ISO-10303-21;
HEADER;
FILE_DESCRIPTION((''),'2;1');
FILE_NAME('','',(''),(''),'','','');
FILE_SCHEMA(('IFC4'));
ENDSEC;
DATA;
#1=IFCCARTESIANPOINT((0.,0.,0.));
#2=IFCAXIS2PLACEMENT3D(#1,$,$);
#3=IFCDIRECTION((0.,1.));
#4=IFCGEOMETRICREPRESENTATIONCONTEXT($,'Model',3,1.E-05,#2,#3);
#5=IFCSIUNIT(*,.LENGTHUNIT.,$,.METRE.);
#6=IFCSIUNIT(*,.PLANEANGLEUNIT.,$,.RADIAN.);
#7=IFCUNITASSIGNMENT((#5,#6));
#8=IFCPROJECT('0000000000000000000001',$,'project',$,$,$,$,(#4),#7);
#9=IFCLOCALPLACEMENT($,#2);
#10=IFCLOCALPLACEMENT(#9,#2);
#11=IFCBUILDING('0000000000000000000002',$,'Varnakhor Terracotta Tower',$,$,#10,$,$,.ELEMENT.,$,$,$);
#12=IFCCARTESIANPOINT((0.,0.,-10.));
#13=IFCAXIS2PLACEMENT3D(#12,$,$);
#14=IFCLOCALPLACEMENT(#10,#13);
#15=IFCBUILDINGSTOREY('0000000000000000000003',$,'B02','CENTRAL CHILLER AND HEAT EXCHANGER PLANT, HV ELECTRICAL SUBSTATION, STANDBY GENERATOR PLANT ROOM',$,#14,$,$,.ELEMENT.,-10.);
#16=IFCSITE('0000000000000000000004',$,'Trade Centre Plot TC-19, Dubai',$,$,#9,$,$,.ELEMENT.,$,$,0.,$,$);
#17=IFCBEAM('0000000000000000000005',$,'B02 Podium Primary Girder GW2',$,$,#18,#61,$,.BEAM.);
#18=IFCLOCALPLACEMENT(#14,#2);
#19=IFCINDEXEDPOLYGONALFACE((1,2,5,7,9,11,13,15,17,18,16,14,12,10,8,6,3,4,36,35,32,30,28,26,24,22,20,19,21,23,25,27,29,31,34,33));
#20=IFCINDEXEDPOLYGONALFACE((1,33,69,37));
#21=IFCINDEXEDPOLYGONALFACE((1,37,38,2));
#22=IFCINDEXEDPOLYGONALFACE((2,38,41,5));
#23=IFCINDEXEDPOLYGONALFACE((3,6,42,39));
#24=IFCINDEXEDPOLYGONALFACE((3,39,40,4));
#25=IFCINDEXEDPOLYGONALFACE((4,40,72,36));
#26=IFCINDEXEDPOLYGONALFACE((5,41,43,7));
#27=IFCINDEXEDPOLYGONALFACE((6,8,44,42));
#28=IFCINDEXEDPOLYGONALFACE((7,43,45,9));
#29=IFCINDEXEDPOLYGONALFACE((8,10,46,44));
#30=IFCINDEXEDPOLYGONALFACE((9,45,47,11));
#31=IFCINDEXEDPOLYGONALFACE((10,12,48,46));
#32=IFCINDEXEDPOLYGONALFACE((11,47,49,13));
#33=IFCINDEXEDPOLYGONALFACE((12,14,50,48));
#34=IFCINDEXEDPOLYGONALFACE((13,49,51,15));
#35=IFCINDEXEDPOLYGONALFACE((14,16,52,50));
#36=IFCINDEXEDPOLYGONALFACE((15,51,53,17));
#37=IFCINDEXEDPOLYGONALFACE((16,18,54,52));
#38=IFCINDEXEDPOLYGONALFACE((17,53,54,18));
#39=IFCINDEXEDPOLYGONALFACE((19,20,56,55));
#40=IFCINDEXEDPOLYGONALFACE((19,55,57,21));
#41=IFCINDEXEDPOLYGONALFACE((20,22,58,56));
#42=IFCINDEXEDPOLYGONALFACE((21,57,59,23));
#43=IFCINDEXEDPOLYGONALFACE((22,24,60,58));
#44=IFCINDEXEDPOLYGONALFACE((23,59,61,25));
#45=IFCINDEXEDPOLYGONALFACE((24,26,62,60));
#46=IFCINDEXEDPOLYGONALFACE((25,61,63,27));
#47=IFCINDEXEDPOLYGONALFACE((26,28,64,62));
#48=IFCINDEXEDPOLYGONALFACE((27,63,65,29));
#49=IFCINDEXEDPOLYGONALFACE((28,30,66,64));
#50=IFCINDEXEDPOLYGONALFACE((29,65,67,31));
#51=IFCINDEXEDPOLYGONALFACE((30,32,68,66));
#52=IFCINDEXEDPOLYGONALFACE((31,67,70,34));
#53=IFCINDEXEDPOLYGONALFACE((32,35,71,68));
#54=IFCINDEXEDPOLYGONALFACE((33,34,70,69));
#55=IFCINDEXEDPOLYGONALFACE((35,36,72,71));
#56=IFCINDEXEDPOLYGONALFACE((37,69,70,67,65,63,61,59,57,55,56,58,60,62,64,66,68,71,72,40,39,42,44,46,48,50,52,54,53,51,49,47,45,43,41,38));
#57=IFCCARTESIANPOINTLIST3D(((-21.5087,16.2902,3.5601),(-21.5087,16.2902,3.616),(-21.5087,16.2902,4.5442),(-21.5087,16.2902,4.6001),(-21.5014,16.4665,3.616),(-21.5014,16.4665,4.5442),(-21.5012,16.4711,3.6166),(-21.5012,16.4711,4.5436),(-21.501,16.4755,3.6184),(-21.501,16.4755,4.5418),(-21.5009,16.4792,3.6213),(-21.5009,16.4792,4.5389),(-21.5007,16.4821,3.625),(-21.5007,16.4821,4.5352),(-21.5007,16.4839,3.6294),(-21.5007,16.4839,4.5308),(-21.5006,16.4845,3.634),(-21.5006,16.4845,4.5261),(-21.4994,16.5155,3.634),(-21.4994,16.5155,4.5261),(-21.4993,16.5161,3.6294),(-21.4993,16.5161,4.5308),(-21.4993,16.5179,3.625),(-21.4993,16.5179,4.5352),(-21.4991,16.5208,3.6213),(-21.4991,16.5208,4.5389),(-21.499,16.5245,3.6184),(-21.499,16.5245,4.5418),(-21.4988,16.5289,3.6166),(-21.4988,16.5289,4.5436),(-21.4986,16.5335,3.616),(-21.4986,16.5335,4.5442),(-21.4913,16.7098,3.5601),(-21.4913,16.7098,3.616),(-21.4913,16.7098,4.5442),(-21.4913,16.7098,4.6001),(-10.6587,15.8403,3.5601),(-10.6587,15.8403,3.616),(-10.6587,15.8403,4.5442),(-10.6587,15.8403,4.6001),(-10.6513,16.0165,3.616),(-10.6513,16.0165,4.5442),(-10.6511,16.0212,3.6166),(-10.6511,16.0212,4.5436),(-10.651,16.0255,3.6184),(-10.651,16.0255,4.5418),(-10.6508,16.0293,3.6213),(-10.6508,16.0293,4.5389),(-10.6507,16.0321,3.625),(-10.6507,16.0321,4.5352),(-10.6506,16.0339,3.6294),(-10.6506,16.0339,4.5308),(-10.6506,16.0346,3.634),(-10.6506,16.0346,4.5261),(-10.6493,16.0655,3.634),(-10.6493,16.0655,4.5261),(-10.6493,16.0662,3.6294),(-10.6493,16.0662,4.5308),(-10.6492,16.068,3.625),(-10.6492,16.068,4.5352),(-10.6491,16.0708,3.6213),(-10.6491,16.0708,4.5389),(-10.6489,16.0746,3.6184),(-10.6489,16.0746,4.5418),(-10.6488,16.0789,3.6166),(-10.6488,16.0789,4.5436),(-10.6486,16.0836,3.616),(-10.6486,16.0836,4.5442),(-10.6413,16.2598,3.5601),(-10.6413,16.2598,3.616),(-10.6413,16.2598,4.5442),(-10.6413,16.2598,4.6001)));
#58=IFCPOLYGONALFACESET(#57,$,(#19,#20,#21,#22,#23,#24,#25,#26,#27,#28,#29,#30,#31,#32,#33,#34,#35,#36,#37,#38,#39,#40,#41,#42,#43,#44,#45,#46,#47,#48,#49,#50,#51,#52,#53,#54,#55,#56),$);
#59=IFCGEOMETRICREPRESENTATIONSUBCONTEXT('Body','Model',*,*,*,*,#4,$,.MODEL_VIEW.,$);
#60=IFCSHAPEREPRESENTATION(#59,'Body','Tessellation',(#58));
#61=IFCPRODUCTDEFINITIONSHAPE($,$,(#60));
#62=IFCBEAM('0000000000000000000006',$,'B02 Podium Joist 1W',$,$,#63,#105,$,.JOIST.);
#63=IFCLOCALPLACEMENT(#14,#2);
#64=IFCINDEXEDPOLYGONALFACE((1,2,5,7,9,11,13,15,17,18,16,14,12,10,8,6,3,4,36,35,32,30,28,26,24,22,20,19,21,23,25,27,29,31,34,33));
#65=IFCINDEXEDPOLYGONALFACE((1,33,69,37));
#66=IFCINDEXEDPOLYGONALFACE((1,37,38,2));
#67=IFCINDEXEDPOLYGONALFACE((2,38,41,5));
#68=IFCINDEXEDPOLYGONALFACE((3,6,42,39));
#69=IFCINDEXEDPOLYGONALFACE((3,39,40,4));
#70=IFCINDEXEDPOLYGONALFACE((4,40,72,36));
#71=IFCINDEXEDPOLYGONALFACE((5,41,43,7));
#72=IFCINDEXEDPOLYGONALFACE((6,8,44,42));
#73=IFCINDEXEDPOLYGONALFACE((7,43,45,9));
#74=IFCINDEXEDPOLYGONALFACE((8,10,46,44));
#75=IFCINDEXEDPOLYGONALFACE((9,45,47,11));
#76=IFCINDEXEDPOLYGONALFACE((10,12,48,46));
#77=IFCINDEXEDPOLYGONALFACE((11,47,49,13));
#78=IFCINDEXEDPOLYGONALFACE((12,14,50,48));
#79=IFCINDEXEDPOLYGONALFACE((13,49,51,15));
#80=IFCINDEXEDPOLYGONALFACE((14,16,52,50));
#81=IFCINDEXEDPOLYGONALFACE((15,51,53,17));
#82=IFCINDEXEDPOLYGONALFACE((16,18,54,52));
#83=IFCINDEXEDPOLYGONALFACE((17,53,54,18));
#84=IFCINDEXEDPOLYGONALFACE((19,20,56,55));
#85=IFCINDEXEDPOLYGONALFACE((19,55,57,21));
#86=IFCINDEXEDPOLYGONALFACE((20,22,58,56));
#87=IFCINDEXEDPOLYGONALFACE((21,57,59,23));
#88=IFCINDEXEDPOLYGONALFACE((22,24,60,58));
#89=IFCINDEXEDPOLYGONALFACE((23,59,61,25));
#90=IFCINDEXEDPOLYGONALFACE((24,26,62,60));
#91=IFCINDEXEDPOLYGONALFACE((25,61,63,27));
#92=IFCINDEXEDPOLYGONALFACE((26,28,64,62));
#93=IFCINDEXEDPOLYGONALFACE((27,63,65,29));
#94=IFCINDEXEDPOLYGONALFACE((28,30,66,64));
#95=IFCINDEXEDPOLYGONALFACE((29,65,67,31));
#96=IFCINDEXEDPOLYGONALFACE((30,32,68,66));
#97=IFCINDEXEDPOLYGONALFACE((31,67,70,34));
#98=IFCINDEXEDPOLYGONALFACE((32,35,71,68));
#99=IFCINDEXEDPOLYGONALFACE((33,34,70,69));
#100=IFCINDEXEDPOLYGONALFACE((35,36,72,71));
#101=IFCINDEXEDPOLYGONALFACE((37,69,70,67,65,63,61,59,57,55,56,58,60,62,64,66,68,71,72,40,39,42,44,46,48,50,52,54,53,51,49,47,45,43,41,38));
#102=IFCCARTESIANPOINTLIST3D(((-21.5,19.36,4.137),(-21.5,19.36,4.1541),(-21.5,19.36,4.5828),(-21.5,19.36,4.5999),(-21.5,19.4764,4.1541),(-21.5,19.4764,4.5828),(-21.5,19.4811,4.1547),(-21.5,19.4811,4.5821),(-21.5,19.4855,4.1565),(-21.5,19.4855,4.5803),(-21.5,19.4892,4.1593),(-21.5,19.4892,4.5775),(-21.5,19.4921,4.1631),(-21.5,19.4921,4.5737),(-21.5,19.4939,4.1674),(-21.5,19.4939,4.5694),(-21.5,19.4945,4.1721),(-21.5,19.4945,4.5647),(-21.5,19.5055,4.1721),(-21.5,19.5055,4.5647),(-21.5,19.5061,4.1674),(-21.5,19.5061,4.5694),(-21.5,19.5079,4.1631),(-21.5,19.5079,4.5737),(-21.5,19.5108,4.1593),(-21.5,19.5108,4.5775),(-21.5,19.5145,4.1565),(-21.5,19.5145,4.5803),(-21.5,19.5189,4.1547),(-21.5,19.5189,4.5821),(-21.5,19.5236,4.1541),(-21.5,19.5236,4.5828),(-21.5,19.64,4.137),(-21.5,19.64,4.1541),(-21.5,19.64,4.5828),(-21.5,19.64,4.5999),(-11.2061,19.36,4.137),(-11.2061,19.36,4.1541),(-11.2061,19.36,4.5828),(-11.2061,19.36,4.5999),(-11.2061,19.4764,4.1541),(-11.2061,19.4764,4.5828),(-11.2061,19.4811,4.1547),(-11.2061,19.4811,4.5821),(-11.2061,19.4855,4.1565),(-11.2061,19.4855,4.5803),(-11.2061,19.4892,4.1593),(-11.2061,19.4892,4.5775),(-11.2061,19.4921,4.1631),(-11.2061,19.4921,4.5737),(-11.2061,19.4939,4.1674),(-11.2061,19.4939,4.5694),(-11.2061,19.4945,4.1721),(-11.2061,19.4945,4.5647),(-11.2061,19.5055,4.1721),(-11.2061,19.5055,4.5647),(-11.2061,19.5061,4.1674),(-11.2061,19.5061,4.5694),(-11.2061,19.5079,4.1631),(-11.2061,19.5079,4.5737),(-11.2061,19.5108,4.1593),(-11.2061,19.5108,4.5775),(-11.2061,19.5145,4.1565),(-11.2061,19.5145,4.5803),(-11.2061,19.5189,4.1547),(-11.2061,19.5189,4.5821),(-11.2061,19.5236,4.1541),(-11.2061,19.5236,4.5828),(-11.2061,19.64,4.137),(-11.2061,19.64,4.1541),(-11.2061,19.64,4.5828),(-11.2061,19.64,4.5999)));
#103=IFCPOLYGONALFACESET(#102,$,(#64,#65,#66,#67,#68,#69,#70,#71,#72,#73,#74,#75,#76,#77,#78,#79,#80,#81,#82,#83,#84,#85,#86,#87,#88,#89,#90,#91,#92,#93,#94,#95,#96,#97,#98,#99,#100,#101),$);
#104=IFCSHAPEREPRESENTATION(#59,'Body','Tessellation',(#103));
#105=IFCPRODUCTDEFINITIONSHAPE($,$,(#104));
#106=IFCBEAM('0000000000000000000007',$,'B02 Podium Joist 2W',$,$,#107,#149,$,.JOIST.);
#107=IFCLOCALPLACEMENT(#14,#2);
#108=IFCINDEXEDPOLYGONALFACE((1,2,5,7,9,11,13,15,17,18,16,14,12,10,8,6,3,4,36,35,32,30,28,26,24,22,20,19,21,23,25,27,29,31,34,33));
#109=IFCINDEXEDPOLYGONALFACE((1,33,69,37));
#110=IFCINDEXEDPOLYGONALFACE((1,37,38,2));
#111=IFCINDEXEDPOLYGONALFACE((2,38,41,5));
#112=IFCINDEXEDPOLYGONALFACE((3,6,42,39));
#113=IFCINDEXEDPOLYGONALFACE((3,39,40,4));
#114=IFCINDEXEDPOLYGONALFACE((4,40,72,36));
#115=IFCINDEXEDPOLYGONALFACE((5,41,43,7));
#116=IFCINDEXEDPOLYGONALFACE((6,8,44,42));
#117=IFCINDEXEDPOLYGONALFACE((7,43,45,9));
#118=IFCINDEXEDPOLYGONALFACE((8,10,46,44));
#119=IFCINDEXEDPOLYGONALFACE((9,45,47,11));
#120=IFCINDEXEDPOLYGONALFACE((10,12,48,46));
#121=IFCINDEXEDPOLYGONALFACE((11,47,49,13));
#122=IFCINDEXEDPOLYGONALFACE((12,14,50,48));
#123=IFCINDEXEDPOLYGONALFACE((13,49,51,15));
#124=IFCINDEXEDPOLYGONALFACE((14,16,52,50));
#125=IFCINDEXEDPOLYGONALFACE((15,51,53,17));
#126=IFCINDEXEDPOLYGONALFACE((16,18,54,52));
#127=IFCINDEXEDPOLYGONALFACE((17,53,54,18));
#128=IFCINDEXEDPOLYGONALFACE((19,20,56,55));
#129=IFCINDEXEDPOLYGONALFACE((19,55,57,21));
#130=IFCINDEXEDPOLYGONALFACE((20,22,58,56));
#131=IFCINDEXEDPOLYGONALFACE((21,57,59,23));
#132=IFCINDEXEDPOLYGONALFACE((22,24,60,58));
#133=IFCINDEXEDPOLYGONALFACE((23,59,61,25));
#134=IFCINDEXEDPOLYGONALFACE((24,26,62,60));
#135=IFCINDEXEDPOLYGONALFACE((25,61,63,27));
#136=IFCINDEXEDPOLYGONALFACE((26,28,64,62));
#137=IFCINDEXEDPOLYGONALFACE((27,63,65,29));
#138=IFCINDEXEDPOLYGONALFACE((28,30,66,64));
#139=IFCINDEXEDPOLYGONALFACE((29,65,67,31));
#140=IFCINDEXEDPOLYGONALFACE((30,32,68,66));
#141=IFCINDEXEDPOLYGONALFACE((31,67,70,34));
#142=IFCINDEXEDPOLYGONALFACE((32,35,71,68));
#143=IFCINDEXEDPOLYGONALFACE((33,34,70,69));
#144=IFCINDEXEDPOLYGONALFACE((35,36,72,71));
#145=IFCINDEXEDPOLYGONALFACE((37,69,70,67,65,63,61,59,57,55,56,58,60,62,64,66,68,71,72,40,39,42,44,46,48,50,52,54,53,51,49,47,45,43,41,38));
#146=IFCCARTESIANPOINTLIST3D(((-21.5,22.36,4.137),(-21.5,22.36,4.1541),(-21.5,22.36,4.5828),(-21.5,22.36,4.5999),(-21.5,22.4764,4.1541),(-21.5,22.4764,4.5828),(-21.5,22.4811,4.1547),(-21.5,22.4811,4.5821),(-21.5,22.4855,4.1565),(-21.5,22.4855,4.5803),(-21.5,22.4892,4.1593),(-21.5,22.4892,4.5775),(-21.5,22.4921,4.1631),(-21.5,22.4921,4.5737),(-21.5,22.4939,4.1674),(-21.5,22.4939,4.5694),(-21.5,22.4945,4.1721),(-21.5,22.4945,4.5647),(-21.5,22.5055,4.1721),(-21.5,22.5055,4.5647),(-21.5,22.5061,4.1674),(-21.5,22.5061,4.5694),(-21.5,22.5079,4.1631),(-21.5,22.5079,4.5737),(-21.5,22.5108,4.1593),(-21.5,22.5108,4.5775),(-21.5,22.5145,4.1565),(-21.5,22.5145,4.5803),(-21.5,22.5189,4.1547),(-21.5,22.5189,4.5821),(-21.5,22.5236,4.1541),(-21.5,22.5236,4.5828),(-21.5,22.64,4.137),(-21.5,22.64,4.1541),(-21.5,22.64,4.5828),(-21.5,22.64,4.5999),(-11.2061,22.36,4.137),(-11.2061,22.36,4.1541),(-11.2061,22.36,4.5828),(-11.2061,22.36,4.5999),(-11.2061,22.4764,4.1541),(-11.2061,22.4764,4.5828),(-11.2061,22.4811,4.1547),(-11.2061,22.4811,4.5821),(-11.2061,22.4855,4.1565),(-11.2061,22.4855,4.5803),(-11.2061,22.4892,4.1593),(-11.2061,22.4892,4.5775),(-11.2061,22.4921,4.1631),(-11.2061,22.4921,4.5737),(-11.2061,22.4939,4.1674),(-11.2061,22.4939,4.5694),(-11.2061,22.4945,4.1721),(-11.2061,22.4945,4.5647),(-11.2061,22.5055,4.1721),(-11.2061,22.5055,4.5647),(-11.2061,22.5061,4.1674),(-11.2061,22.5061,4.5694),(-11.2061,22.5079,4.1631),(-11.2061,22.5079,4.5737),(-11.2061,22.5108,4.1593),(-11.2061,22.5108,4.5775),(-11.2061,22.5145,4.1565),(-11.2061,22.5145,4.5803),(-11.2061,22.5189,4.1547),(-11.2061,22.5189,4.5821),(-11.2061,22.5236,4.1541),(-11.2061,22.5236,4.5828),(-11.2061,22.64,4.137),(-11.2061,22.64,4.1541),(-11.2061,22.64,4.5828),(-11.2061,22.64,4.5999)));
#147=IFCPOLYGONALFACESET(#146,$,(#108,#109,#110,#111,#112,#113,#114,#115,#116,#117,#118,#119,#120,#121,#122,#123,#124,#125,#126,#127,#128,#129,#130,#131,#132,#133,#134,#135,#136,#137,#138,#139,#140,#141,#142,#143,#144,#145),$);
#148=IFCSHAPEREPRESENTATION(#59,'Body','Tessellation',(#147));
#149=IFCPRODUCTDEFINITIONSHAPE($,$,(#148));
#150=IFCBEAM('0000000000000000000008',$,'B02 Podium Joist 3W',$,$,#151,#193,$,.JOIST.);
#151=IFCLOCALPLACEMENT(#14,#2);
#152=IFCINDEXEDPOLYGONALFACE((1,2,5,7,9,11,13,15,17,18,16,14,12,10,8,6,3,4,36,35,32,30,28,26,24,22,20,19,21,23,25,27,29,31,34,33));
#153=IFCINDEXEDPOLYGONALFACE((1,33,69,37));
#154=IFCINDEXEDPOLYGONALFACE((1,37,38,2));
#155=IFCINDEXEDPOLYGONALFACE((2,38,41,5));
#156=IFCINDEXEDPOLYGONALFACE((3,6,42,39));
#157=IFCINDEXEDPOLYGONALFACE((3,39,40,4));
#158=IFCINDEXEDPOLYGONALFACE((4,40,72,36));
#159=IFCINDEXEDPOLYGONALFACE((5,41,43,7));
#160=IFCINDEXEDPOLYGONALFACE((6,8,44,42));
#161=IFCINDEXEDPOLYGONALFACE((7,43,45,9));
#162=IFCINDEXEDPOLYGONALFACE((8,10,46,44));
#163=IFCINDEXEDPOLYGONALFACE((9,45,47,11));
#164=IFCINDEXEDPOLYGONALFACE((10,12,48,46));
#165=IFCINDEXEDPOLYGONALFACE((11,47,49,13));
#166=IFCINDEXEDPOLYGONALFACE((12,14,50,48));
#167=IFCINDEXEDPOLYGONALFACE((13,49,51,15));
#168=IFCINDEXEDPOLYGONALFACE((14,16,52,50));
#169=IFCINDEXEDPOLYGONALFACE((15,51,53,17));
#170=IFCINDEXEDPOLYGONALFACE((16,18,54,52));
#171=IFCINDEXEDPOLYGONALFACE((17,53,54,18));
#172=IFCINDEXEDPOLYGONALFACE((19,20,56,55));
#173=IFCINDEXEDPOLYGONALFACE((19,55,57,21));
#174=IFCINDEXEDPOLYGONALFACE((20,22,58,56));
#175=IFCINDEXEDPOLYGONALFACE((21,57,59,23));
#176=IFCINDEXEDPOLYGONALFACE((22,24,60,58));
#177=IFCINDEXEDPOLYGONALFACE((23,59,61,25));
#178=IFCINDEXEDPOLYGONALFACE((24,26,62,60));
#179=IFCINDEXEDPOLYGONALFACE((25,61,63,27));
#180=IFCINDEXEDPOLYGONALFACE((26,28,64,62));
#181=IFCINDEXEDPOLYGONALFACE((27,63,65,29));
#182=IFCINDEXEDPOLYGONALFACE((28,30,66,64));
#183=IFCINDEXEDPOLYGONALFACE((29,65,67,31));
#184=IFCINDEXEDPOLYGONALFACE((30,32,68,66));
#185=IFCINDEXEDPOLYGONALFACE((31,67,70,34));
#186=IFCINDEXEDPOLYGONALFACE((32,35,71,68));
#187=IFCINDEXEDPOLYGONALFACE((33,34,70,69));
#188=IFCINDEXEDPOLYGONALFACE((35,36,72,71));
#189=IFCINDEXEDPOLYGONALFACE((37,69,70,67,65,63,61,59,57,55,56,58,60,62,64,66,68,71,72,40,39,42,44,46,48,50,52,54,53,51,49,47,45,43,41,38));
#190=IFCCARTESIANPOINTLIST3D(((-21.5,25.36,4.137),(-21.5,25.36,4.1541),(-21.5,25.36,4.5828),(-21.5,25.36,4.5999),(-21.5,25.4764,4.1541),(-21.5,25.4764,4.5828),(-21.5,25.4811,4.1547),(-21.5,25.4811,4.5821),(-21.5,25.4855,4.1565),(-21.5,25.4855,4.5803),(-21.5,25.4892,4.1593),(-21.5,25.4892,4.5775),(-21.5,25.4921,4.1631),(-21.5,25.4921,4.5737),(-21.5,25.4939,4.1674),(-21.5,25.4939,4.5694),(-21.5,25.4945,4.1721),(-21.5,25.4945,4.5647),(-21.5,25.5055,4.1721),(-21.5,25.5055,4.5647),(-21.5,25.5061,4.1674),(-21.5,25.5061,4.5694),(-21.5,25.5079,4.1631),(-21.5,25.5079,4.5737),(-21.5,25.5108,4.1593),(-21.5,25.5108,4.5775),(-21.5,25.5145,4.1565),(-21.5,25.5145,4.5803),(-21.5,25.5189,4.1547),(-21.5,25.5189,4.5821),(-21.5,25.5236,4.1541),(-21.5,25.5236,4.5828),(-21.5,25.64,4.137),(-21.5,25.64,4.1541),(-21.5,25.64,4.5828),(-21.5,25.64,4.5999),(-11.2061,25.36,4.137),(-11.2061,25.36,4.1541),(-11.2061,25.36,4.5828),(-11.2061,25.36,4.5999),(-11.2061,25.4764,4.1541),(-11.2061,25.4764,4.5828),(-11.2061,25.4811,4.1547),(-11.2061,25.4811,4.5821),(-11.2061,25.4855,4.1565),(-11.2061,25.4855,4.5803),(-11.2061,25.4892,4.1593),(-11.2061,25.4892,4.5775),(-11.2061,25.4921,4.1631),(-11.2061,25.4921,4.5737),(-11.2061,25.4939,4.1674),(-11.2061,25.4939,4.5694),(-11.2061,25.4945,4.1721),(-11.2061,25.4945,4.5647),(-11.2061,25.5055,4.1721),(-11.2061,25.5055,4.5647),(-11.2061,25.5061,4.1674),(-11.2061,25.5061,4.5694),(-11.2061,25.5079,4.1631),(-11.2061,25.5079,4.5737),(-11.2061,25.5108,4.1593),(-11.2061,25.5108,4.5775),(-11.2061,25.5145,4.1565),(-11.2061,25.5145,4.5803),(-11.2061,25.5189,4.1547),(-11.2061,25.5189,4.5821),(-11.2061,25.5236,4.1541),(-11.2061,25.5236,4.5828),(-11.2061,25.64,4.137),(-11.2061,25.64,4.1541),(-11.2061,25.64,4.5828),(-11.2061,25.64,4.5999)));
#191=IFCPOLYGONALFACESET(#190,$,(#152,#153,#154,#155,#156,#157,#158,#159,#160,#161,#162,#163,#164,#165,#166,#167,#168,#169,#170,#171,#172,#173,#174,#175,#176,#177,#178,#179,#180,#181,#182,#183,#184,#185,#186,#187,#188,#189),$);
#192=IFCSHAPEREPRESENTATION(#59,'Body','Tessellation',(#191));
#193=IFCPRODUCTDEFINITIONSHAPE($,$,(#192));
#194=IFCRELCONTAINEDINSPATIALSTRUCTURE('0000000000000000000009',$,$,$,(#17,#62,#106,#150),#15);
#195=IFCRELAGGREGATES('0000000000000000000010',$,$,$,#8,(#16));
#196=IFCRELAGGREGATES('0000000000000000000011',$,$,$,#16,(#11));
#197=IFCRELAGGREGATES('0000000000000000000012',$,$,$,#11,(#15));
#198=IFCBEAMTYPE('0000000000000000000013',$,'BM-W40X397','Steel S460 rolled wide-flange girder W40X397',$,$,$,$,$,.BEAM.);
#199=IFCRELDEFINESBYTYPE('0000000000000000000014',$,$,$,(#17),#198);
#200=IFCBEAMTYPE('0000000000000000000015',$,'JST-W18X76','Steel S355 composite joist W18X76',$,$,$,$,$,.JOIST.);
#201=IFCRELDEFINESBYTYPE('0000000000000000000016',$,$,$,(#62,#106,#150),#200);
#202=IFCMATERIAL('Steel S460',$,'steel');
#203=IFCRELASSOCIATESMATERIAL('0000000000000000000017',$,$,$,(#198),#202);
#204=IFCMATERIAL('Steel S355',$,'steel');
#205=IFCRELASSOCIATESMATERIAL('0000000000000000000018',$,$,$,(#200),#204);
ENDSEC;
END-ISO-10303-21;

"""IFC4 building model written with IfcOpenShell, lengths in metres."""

from ifc_helpers import new_model, si_unit, direction, frame, origin, origin_2d, place, context, subcontext, project, spatial, i_section, extrude, source, transform, mapped, material, material_profile, profile_set, type_object, type_shapes, element, save


model = new_model("IFC4")

# Units and contexts
model_context = context("Model", 3, precision=1e-05, world=origin(), true_north=direction((0.0, 1.0)))
body_context = subcontext(model_context, "Body", "Model", "MODEL_VIEW")
ifc_project = project(units=[si_unit("LENGTHUNIT", "METRE"), si_unit("PLANEANGLEUNIT", "RADIAN")], contexts=[model_context])

# Site, building, storey
site_placement = place(None, origin())
site = spatial("IfcSite", under=ifc_project, at=site_placement, Name="Trade Centre Plot TC-19, Dubai", CompositionType="ELEMENT", RefElevation=0.0)
building_placement = place(site_placement, origin())
building = spatial("IfcBuilding", under=site, at=building_placement, Name="Varnakhor Terracotta Tower", CompositionType="ELEMENT")
storey_placement = place(building_placement, frame((0.0, 0.0, -10.0)))
storey = spatial("IfcBuildingStorey", under=building, at=storey_placement, Name="B02", Description="CENTRAL CHILLER AND HEAT EXCHANGER PLANT, HV ELECTRICAL SUBSTATION, STANDBY GENERATOR PLANT ROOM", CompositionType="ELEMENT", Elevation=-10.0)

# Shared definitions
ifc_material_1 = material(Name="Steel S460", Category="steel")

# Beams
ifc_material_2 = material(Name="Steel S355", Category="steel")
ifc_material_profile_1 = material_profile(ifc_material_1, i_section(OverallWidth=0.4199, OverallDepth=1.04, WebThickness=0.031, FlangeThickness=0.0559, FilletRadius=0.0181, at=origin_2d()), Name="W40X397")
ifc_profile_set_1 = profile_set([ifc_material_profile_1], Name="Steel S460")
beam_type_1 = type_object("IfcBeamType", Name="BM-W40X397", Description="Steel S460 rolled wide-flange girder W40X397", PredefinedType="BEAM", material=ifc_profile_set_1)
shared_shape_1 = source(origin(), body_context, "Body", "SweptSolid", [
    extrude(i_section(OverallWidth=0.4199, OverallDepth=1.04, WebThickness=0.031, FlangeThickness=0.0559, FilletRadius=0.0181, at=origin_2d()), origin(), (0.0, 0.0, 1.0), 10.8594),
])
beam_1_placement = place(storey_placement, frame((-21.5, 16.5, 4.0801), z_axis=(0.999141, -0.041434, 0.0), x_axis=(0.041434, 0.999141, 0.0)))
element("IfcBeam", 1, at=beam_1_placement, inside=storey, type_object=beam_type_1, Name="B02 Podium Primary Girder GW2", PredefinedType="BEAM", context=body_context, shape_type="MappedRepresentation", body=[
    mapped(shared_shape_1, transform((0.0, 0.0, 0.0), scale=1.0)),
])
ifc_material_profile_2 = material_profile(ifc_material_2, i_section(OverallWidth=0.28, OverallDepth=0.4629, WebThickness=0.011, FlangeThickness=0.0171, FilletRadius=0.0181, at=origin_2d()), Name="W18X76")
ifc_profile_set_2 = profile_set([ifc_material_profile_2], Name="Steel S355")
beam_type_2 = type_object("IfcBeamType", Name="JST-W18X76", Description="Steel S355 composite joist W18X76", PredefinedType="JOIST", material=ifc_profile_set_2)
shared_shape_2 = source(origin(), body_context, "Body", "SweptSolid", [
    extrude(i_section(OverallWidth=0.28, OverallDepth=0.4629, WebThickness=0.011, FlangeThickness=0.0171, FilletRadius=0.0181, at=origin_2d()), origin(), (0.0, 0.0, 1.0), 10.2939),
])
type_shapes(beam_type_2, [shared_shape_2])
for number, where, z_axis, x_axis, name in (
    (2, (-21.5, 19.5, 4.3684), (1.0, 0.0, 0.0), (0.0, 1.0, 0.0), "B02 Podium Joist 1W"),
    (3, (-21.5, 22.5, 4.3684), (1.0, 0.0, 0.0), (0.0, 1.0, 0.0), "B02 Podium Joist 2W"),
    (4, (-21.5, 25.5, 4.3684), (1.0, 0.0, 0.0), (0.0, 1.0, 0.0), "B02 Podium Joist 3W"),
):
    element("IfcBeam", number, at=place(storey_placement, frame(where, z_axis=z_axis, x_axis=x_axis)), inside=storey, type_object=beam_type_2, Name=name, PredefinedType="JOIST", context=body_context, shape_type="MappedRepresentation", body=[
        mapped(shared_shape_2, transform((0.0, 0.0, 0.0), scale=1.0)),
    ])

save(model, "model.ifc")
